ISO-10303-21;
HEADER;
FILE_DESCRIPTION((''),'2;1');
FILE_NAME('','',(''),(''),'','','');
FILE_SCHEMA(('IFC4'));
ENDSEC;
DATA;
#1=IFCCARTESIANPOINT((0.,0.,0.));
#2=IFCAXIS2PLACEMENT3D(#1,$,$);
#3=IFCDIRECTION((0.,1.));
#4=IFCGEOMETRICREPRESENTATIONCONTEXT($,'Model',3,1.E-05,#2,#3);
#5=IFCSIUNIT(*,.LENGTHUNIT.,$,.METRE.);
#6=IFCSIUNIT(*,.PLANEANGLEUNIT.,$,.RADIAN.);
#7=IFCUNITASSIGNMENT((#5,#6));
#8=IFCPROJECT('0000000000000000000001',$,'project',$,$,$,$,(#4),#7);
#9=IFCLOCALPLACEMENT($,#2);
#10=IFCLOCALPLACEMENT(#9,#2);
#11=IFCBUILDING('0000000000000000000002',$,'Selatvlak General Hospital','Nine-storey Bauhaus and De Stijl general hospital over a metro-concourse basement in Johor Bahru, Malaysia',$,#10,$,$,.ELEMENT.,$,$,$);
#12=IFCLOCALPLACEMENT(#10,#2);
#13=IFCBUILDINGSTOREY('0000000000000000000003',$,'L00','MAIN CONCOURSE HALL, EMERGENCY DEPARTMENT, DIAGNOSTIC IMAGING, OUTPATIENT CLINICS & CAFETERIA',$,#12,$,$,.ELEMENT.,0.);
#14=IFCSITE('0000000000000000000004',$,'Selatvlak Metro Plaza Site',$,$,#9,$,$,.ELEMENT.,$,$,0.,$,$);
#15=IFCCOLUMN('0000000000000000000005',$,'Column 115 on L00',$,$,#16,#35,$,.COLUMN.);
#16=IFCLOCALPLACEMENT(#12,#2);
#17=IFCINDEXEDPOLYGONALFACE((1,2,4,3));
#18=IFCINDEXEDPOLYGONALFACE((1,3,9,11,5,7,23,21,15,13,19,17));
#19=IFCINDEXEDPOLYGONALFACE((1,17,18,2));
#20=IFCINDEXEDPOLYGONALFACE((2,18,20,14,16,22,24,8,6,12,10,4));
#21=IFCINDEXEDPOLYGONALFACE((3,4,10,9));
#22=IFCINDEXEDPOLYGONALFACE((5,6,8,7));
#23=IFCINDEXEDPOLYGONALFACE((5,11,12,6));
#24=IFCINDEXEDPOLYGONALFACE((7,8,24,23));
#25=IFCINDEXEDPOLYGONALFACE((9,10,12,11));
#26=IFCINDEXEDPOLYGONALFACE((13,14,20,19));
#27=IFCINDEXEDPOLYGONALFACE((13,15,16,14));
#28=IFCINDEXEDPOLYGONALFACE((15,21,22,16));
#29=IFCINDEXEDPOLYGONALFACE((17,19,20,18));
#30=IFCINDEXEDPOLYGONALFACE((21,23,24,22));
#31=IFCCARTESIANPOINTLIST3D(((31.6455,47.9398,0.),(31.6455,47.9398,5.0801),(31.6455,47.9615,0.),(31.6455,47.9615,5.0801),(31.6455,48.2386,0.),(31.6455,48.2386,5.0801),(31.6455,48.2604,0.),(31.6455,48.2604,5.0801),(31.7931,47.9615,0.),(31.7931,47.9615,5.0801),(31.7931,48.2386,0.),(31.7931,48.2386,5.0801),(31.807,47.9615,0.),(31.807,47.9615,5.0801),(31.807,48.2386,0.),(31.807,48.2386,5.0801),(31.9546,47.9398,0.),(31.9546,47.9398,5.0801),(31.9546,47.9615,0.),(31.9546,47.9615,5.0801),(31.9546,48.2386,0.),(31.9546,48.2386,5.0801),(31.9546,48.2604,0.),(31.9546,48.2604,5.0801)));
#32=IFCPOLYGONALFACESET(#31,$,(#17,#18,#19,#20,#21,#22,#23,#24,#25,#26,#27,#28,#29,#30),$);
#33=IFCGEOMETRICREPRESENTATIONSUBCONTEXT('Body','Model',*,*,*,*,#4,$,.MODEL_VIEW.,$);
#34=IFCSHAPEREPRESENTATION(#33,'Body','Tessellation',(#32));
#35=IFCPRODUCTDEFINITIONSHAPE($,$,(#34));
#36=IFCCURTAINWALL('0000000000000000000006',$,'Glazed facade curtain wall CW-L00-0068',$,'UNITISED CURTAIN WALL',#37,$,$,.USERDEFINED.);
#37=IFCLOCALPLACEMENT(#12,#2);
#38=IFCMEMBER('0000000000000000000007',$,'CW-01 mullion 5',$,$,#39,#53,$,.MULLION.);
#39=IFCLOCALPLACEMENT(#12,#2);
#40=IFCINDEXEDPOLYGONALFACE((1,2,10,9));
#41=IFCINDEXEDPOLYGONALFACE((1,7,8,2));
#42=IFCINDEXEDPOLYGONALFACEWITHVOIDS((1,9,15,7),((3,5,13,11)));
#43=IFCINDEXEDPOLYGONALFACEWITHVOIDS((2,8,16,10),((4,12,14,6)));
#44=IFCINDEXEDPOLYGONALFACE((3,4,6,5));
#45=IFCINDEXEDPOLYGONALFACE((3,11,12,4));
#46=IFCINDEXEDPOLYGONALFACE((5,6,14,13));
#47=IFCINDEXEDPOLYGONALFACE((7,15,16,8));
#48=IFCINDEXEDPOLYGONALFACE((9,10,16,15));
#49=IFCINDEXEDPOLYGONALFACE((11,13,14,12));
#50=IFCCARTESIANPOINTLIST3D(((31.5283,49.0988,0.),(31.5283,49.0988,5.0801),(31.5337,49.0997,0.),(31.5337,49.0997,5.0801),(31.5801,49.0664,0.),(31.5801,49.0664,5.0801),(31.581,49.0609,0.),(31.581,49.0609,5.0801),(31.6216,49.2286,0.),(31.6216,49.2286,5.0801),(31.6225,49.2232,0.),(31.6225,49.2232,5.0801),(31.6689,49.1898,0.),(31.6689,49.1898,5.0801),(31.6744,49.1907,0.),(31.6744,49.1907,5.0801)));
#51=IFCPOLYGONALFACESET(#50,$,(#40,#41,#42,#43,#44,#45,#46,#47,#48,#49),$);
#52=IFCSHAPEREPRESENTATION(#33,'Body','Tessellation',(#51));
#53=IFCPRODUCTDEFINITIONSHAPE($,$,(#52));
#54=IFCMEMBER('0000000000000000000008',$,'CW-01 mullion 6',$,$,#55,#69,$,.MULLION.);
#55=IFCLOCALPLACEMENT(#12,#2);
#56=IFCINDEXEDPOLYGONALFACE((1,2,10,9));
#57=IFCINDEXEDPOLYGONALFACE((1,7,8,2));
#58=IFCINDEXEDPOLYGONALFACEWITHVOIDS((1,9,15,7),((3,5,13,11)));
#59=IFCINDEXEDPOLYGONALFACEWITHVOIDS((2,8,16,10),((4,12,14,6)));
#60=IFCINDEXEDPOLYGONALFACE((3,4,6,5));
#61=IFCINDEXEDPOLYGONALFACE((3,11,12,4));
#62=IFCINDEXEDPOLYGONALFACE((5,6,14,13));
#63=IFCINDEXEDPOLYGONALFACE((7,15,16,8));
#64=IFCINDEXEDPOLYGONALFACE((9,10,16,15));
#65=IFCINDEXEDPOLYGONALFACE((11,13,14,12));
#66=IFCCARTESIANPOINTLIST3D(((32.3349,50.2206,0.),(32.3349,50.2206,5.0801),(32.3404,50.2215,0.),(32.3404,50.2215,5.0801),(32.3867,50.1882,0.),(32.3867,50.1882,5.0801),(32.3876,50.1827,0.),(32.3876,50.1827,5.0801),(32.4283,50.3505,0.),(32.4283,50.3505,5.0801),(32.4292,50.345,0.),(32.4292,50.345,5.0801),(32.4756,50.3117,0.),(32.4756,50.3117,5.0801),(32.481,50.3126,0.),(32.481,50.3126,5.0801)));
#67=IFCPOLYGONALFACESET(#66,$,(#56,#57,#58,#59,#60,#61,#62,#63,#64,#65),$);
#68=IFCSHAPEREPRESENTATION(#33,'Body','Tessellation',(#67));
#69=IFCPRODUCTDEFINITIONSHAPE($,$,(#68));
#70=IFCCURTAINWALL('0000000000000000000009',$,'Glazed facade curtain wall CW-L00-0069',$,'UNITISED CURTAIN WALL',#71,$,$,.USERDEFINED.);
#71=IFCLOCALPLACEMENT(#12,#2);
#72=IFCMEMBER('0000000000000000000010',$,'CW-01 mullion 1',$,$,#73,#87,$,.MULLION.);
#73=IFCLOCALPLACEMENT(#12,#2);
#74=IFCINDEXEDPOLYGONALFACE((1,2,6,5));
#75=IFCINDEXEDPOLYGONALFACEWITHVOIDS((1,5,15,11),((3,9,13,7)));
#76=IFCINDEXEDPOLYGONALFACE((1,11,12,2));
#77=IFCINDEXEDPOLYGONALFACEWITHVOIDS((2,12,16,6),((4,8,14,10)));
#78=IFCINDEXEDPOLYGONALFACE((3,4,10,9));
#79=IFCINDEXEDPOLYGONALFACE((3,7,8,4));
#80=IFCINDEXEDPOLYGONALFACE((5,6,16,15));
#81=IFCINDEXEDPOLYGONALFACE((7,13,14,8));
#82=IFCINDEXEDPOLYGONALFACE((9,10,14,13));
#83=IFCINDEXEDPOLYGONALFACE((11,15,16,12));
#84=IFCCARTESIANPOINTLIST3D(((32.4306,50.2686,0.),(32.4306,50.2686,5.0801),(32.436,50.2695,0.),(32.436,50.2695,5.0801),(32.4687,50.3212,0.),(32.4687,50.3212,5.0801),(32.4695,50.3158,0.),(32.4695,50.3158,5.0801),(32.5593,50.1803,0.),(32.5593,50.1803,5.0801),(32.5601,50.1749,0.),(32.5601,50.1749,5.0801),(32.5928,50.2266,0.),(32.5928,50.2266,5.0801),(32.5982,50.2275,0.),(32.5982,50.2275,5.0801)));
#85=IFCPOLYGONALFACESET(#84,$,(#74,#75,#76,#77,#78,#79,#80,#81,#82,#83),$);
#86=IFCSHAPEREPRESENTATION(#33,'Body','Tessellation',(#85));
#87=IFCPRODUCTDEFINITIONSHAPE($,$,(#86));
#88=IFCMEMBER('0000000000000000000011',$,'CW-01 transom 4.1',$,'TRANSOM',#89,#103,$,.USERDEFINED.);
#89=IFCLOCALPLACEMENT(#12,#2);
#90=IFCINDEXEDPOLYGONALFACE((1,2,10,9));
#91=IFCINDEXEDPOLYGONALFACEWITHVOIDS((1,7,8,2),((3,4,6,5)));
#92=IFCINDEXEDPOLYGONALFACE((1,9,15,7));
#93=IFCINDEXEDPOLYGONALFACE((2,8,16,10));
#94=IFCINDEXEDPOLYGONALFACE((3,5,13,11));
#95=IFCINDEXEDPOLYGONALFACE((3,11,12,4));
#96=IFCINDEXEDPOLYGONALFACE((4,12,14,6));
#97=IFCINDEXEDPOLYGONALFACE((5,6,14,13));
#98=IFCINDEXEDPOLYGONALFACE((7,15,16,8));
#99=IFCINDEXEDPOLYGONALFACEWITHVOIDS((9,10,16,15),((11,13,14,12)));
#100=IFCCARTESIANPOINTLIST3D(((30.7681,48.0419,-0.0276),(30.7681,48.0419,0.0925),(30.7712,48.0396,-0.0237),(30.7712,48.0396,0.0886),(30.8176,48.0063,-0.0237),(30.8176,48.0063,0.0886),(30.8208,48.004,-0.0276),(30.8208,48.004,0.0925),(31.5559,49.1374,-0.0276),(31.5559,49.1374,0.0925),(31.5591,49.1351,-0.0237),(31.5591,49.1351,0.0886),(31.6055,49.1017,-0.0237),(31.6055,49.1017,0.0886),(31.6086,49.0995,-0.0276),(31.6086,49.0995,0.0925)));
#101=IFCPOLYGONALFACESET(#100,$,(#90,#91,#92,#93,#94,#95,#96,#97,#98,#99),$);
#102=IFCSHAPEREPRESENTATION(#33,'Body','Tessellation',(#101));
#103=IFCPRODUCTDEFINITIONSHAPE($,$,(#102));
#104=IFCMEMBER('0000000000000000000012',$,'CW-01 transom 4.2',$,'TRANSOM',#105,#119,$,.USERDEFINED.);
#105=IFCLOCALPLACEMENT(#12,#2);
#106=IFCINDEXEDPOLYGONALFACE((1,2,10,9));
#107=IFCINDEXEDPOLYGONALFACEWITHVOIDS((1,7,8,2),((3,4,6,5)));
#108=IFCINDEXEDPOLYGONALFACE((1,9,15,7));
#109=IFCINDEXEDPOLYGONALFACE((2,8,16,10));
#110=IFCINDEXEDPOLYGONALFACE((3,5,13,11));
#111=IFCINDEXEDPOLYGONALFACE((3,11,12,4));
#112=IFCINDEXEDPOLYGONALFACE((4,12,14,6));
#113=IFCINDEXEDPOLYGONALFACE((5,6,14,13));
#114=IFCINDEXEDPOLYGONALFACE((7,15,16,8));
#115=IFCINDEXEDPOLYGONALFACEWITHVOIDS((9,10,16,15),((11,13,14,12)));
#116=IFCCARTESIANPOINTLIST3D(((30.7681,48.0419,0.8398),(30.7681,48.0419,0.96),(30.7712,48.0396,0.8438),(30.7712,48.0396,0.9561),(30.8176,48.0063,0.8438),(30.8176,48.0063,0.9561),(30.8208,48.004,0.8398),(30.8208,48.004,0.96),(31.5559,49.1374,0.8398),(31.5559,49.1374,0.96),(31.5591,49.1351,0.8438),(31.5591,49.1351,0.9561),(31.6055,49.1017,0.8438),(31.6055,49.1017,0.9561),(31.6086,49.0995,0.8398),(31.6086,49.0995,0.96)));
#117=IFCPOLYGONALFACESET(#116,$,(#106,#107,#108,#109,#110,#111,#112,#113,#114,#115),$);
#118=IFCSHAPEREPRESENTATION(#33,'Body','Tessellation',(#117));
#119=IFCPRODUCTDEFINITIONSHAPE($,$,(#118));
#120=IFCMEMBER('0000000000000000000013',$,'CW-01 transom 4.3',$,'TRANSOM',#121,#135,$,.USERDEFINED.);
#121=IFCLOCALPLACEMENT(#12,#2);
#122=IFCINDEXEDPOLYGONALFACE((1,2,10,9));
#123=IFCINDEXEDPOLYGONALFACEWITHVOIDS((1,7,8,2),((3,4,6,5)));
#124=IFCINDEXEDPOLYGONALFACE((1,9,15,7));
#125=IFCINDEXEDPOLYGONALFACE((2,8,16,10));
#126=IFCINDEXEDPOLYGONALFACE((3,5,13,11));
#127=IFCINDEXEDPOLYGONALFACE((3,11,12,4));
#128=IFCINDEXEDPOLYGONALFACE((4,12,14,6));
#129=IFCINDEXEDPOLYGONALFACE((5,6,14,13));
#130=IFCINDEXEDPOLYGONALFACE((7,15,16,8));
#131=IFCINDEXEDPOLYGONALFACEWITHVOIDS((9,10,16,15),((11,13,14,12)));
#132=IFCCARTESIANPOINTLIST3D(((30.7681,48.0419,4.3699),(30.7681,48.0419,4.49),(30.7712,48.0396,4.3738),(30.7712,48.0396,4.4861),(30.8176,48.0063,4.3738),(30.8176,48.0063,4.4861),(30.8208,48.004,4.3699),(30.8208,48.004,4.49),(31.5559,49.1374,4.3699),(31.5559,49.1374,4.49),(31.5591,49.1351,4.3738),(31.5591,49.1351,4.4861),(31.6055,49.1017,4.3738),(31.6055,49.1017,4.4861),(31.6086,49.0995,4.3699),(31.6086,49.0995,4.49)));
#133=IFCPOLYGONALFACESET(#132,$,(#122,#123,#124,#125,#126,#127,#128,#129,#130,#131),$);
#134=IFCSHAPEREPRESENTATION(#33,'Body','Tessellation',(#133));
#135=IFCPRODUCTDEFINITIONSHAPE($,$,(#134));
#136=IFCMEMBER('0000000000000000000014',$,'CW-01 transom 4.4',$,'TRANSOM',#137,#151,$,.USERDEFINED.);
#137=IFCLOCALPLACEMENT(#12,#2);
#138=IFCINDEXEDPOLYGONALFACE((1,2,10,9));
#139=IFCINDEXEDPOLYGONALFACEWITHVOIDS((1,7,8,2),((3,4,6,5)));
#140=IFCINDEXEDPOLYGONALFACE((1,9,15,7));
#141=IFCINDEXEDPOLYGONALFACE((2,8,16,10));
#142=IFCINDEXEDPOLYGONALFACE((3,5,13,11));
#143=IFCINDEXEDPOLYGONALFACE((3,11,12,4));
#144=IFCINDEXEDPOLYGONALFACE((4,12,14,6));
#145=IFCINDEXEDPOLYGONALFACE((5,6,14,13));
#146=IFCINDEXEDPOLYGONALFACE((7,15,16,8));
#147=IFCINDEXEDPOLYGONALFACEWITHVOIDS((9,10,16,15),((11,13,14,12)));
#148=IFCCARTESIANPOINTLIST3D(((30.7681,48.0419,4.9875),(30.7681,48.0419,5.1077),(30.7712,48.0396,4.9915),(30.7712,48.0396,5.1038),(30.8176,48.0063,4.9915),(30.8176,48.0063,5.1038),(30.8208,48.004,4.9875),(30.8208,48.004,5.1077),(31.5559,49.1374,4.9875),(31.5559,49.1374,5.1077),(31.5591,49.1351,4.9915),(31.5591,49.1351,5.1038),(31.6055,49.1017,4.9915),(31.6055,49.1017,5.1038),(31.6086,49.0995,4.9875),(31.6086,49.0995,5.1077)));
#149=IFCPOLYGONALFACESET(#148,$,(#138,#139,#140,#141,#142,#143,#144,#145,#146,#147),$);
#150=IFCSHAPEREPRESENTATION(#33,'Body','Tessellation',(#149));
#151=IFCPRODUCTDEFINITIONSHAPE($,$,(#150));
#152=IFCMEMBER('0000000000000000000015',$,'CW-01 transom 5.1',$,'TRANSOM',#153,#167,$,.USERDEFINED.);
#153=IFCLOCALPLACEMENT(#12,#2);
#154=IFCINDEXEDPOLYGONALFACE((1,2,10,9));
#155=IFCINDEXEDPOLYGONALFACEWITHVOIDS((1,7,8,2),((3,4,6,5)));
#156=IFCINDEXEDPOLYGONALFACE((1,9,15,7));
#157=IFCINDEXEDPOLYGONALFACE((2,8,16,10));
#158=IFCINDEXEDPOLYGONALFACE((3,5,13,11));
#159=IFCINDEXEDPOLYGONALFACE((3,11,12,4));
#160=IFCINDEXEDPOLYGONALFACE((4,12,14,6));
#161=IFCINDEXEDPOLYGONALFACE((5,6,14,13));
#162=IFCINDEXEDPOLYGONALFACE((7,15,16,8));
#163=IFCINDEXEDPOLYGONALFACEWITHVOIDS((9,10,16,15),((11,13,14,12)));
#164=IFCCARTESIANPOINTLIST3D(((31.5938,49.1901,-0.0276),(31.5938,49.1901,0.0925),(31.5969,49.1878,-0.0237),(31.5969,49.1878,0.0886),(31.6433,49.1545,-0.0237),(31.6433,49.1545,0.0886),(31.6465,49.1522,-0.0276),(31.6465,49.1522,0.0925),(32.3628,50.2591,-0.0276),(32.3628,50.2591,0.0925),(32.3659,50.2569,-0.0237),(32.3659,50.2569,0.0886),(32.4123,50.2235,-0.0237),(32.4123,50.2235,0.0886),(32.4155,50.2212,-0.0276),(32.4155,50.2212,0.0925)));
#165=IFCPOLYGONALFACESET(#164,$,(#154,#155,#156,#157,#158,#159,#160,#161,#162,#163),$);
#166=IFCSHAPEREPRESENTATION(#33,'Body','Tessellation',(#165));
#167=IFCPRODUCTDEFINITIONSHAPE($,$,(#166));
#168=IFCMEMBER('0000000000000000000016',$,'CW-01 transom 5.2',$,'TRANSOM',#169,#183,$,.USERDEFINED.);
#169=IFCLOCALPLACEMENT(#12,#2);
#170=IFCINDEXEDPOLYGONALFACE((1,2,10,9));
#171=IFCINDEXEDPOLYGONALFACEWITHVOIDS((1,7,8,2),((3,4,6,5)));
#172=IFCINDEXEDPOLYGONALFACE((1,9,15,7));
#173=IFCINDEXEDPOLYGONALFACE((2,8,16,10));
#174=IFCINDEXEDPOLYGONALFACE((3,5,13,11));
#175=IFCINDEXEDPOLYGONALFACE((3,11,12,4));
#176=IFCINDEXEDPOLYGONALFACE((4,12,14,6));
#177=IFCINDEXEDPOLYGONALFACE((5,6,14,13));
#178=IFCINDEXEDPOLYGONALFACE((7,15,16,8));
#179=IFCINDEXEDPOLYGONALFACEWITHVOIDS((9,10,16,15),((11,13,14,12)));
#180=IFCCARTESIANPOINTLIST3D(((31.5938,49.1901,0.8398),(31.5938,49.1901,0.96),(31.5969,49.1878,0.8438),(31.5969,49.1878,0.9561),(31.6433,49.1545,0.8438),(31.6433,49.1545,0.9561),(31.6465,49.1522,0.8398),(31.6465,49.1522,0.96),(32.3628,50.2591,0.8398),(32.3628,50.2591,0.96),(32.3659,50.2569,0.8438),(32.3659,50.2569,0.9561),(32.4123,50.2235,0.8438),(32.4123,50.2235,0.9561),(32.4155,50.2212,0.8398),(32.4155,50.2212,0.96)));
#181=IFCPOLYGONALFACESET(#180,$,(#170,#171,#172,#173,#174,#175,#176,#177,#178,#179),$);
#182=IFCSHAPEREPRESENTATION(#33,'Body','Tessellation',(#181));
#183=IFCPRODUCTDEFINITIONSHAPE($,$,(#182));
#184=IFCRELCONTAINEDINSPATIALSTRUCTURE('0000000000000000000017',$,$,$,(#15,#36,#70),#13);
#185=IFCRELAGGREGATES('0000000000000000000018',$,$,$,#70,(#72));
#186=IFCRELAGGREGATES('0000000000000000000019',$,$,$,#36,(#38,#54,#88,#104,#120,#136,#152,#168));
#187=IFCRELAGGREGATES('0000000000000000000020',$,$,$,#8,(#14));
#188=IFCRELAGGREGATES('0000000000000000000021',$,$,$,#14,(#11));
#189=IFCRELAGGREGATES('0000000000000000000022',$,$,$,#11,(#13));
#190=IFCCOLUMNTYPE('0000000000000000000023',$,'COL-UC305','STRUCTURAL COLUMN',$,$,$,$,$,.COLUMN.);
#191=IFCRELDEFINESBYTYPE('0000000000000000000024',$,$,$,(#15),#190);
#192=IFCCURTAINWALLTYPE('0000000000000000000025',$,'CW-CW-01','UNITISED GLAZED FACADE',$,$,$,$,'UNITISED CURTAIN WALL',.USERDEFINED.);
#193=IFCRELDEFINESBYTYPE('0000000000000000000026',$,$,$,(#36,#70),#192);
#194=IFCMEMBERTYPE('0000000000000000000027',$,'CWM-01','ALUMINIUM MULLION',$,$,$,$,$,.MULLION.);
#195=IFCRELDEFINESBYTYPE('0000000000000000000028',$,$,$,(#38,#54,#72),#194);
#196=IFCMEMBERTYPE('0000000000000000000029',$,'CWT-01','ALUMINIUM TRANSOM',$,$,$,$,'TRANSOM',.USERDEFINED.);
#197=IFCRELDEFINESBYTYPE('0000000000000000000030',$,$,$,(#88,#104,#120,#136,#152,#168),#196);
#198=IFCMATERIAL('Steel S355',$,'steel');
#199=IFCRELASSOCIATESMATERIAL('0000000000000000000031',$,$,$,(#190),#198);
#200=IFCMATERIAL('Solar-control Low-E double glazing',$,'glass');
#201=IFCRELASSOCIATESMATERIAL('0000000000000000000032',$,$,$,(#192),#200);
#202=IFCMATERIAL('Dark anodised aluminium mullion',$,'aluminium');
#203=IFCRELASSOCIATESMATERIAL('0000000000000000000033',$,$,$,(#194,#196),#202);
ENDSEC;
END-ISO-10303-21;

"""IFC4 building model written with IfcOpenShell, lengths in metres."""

from ifc_helpers import new_model, si_unit, direction, frame, origin, origin_2d, place, context, subcontext, project, spatial, hollow_rectangle, i_section, extrude, material, material_profile, profile_set, type_object, element, aggregate, save


model = new_model("IFC4")

# Units and contexts
model_context = context("Model", 3, precision=1e-05, world=origin(), true_north=direction((0.0, 1.0)))
body_context = subcontext(model_context, "Body", "Model", "MODEL_VIEW")
ifc_project = project(units=[si_unit("LENGTHUNIT", "METRE"), si_unit("PLANEANGLEUNIT", "RADIAN")], contexts=[model_context])

# Site, building, storey
site_placement = place(None, origin())
site = spatial("IfcSite", under=ifc_project, at=site_placement, Name="Selatvlak Metro Plaza Site", CompositionType="ELEMENT", RefElevation=0.0)
building_placement = place(site_placement, origin())
building = spatial("IfcBuilding", under=site, at=building_placement, Name="Selatvlak General Hospital", Description="Nine-storey Bauhaus and De Stijl general hospital over a metro-concourse basement in Johor Bahru, Malaysia", CompositionType="ELEMENT")
storey_placement = place(building_placement, origin())
storey = spatial("IfcBuildingStorey", under=building, at=storey_placement, Name="L00", Description="MAIN CONCOURSE HALL, EMERGENCY DEPARTMENT, DIAGNOSTIC IMAGING, OUTPATIENT CLINICS & CAFETERIA", CompositionType="ELEMENT", Elevation=0.0)

# Column
ifc_material_1 = material(Name="Steel S355", Category="steel")
ifc_material_profile_1 = material_profile(ifc_material_1, i_section(OverallWidth=0.3091, OverallDepth=0.3206, WebThickness=0.0139, FlangeThickness=0.0217, at=origin_2d()), Name="UC 305x305x137")
ifc_profile_set_1 = profile_set([ifc_material_profile_1], Name="Steel S355")
column_type = type_object("IfcColumnType", Name="COL-UC305", Description="STRUCTURAL COLUMN", PredefinedType="COLUMN", material=ifc_profile_set_1)
column_placement = place(storey_placement, frame((31.8, 48.1001, 0.0), z_axis=(0.0, 0.0, 1.0), x_axis=(1.0, 0.0, 0.0)))
element("IfcColumn", 1, at=column_placement, inside=storey, type_object=column_type, Name="Column 115 on L00", PredefinedType="COLUMN", context=body_context, shape_type="SweptSolid", body=[
    extrude(i_section(OverallWidth=0.3091, OverallDepth=0.3206, WebThickness=0.0139, FlangeThickness=0.0217, at=origin_2d()), origin(), (0.0, 0.0, 1.0), 5.0801),
])

# Curtain wall, members
ifc_material_2 = material(Name="Solar-control Low-E double glazing", Category="glass")
curtain_wall_type = type_object("IfcCurtainWallType", Name="CW-CW-01", Description="UNITISED GLAZED FACADE", ElementType="UNITISED CURTAIN WALL", PredefinedType="USERDEFINED", material=ifc_material_2)
curtain_wall_1_placement = place(storey_placement, origin())
curtain_wall_1 = element("IfcCurtainWall", 2, at=curtain_wall_1_placement, inside=storey, type_object=curtain_wall_type, Name="Glazed facade curtain wall CW-L00-0068", ObjectType="UNITISED CURTAIN WALL", PredefinedType="USERDEFINED")
ifc_material_3 = material(Name="Dark anodised aluminium mullion", Category="aluminium")
ifc_material_profile_2 = material_profile(ifc_material_3, hollow_rectangle(XDim=0.0649, YDim=0.1599, WallThickness=0.0039, at=origin_2d()), Name="AL-MUL 65x160x4")
ifc_profile_set_2 = profile_set([ifc_material_profile_2], Name="Dark anodised aluminium mullion")
member_type_1 = type_object("IfcMemberType", Name="CWM-01", Description="ALUMINIUM MULLION", PredefinedType="MULLION", material=ifc_profile_set_2)
member_1_placement = place(storey_placement, frame((31.6013, 49.1448, 0.0), z_axis=(0.0, 0.0, 1.0), x_axis=(-0.811837, 0.583884, 0.0)))
member_1 = element("IfcMember", 3, at=member_1_placement, type_object=member_type_1, Name="CW-01 mullion 5", PredefinedType="MULLION", context=body_context, shape_type="SweptSolid", body=[
    extrude(hollow_rectangle(XDim=0.0649, YDim=0.1599, WallThickness=0.0039, at=origin_2d()), origin(), (0.0, 0.0, 1.0), 5.0801),
])
member_2_placement = place(storey_placement, frame((32.408, 50.2666, 0.0), z_axis=(0.0, 0.0, 1.0), x_axis=(-0.811837, 0.583884, 0.0)))
member_2 = element("IfcMember", 4, at=member_2_placement, type_object=member_type_1, Name="CW-01 mullion 6", PredefinedType="MULLION", context=body_context, shape_type="SweptSolid", body=[
    extrude(hollow_rectangle(XDim=0.0649, YDim=0.1599, WallThickness=0.0039, at=origin_2d()), origin(), (0.0, 0.0, 1.0), 5.0801),
])

# Curtain wall, member
curtain_wall_2_placement = place(storey_placement, origin())
curtain_wall_2 = element("IfcCurtainWall", 5, at=curtain_wall_2_placement, inside=storey, type_object=curtain_wall_type, Name="Glazed facade curtain wall CW-L00-0069", ObjectType="UNITISED CURTAIN WALL", PredefinedType="USERDEFINED")
member_3_placement = place(storey_placement, frame((32.5144, 50.248, 0.0), z_axis=(0.0, 0.0, 1.0), x_axis=(0.586316, 0.810083, 0.0)))
member_3 = element("IfcMember", 6, at=member_3_placement, type_object=member_type_1, Name="CW-01 mullion 1", PredefinedType="MULLION", context=body_context, shape_type="SweptSolid", body=[
    extrude(hollow_rectangle(XDim=0.0649, YDim=0.1599, WallThickness=0.0039, at=origin_2d()), origin(), (0.0, 0.0, 1.0), 5.0801),
])
aggregate(curtain_wall_2, [member_3])

# Members
ifc_material_profile_3 = material_profile(ifc_material_3, hollow_rectangle(XDim=0.0649, YDim=0.1201, WallThickness=0.0039, at=origin_2d()), Name="AL-TRN 65x120x4")
ifc_profile_set_3 = profile_set([ifc_material_profile_3], Name="Dark anodised aluminium mullion")
member_type_2 = type_object("IfcMemberType", Name="CWT-01", Description="ALUMINIUM TRANSOM", ElementType="TRANSOM", PredefinedType="USERDEFINED", material=ifc_profile_set_3)
member_4_placement = place(storey_placement, frame((30.7944, 48.0229, 0.0325), z_axis=(0.583871, 0.811847, 0.0), x_axis=(-0.811847, 0.583871, 0.0)))
member_4 = element("IfcMember", 7, at=member_4_placement, type_object=member_type_2, Name="CW-01 transom 4.1", ObjectType="TRANSOM", PredefinedType="USERDEFINED", context=body_context, shape_type="SweptSolid", body=[
    extrude(hollow_rectangle(XDim=0.0649, YDim=0.1201, WallThickness=0.0039, at=origin_2d()), origin(), (0.0, 0.0, 1.0), 1.3494),
])
member_5_placement = place(storey_placement, frame((30.7944, 48.0229, 0.8999), z_axis=(0.583871, 0.811847, 0.0), x_axis=(-0.811847, 0.583871, 0.0)))
member_5 = element("IfcMember", 8, at=member_5_placement, type_object=member_type_2, Name="CW-01 transom 4.2", ObjectType="TRANSOM", PredefinedType="USERDEFINED", context=body_context, shape_type="SweptSolid", body=[
    extrude(hollow_rectangle(XDim=0.0649, YDim=0.1201, WallThickness=0.0039, at=origin_2d()), origin(), (0.0, 0.0, 1.0), 1.3494),
])
member_6_placement = place(storey_placement, frame((30.7944, 48.0229, 4.4299), z_axis=(0.583871, 0.811847, 0.0), x_axis=(-0.811847, 0.583871, 0.0)))
member_6 = element("IfcMember", 9, at=member_6_placement, type_object=member_type_2, Name="CW-01 transom 4.3", ObjectType="TRANSOM", PredefinedType="USERDEFINED", context=body_context, shape_type="SweptSolid", body=[
    extrude(hollow_rectangle(XDim=0.0649, YDim=0.1201, WallThickness=0.0039, at=origin_2d()), origin(), (0.0, 0.0, 1.0), 1.3494),
])
member_7_placement = place(storey_placement, frame((30.7944, 48.0229, 5.0476), z_axis=(0.583871, 0.811847, 0.0), x_axis=(-0.811847, 0.583871, 0.0)))
member_7 = element("IfcMember", 10, at=member_7_placement, type_object=member_type_2, Name="CW-01 transom 4.4", ObjectType="TRANSOM", PredefinedType="USERDEFINED", context=body_context, shape_type="SweptSolid", body=[
    extrude(hollow_rectangle(XDim=0.0649, YDim=0.1201, WallThickness=0.0039, at=origin_2d()), origin(), (0.0, 0.0, 1.0), 1.3494),
])
member_8_placement = place(storey_placement, frame((31.6201, 49.1711, 0.0325), z_axis=(0.583953, 0.811787, 0.0), x_axis=(-0.811787, 0.583953, 0.0)))
member_8 = element("IfcMember", 11, at=member_8_placement, type_object=member_type_2, Name="CW-01 transom 5.1", ObjectType="TRANSOM", PredefinedType="USERDEFINED", context=body_context, shape_type="SweptSolid", body=[
    extrude(hollow_rectangle(XDim=0.0649, YDim=0.1201, WallThickness=0.0039, at=origin_2d()), origin(), (0.0, 0.0, 1.0), 1.3169),
])
member_9_placement = place(storey_placement, frame((31.6201, 49.1711, 0.8999), z_axis=(0.583953, 0.811787, 0.0), x_axis=(-0.811787, 0.583953, 0.0)))
member_9 = element("IfcMember", 12, at=member_9_placement, type_object=member_type_2, Name="CW-01 transom 5.2", ObjectType="TRANSOM", PredefinedType="USERDEFINED", context=body_context, shape_type="SweptSolid", body=[
    extrude(hollow_rectangle(XDim=0.0649, YDim=0.1201, WallThickness=0.0039, at=origin_2d()), origin(), (0.0, 0.0, 1.0), 1.3169),
])

aggregate(curtain_wall_1, [member_1, member_2, member_4, member_5, member_6, member_7, member_8, member_9])

save(model, "model.ifc")
